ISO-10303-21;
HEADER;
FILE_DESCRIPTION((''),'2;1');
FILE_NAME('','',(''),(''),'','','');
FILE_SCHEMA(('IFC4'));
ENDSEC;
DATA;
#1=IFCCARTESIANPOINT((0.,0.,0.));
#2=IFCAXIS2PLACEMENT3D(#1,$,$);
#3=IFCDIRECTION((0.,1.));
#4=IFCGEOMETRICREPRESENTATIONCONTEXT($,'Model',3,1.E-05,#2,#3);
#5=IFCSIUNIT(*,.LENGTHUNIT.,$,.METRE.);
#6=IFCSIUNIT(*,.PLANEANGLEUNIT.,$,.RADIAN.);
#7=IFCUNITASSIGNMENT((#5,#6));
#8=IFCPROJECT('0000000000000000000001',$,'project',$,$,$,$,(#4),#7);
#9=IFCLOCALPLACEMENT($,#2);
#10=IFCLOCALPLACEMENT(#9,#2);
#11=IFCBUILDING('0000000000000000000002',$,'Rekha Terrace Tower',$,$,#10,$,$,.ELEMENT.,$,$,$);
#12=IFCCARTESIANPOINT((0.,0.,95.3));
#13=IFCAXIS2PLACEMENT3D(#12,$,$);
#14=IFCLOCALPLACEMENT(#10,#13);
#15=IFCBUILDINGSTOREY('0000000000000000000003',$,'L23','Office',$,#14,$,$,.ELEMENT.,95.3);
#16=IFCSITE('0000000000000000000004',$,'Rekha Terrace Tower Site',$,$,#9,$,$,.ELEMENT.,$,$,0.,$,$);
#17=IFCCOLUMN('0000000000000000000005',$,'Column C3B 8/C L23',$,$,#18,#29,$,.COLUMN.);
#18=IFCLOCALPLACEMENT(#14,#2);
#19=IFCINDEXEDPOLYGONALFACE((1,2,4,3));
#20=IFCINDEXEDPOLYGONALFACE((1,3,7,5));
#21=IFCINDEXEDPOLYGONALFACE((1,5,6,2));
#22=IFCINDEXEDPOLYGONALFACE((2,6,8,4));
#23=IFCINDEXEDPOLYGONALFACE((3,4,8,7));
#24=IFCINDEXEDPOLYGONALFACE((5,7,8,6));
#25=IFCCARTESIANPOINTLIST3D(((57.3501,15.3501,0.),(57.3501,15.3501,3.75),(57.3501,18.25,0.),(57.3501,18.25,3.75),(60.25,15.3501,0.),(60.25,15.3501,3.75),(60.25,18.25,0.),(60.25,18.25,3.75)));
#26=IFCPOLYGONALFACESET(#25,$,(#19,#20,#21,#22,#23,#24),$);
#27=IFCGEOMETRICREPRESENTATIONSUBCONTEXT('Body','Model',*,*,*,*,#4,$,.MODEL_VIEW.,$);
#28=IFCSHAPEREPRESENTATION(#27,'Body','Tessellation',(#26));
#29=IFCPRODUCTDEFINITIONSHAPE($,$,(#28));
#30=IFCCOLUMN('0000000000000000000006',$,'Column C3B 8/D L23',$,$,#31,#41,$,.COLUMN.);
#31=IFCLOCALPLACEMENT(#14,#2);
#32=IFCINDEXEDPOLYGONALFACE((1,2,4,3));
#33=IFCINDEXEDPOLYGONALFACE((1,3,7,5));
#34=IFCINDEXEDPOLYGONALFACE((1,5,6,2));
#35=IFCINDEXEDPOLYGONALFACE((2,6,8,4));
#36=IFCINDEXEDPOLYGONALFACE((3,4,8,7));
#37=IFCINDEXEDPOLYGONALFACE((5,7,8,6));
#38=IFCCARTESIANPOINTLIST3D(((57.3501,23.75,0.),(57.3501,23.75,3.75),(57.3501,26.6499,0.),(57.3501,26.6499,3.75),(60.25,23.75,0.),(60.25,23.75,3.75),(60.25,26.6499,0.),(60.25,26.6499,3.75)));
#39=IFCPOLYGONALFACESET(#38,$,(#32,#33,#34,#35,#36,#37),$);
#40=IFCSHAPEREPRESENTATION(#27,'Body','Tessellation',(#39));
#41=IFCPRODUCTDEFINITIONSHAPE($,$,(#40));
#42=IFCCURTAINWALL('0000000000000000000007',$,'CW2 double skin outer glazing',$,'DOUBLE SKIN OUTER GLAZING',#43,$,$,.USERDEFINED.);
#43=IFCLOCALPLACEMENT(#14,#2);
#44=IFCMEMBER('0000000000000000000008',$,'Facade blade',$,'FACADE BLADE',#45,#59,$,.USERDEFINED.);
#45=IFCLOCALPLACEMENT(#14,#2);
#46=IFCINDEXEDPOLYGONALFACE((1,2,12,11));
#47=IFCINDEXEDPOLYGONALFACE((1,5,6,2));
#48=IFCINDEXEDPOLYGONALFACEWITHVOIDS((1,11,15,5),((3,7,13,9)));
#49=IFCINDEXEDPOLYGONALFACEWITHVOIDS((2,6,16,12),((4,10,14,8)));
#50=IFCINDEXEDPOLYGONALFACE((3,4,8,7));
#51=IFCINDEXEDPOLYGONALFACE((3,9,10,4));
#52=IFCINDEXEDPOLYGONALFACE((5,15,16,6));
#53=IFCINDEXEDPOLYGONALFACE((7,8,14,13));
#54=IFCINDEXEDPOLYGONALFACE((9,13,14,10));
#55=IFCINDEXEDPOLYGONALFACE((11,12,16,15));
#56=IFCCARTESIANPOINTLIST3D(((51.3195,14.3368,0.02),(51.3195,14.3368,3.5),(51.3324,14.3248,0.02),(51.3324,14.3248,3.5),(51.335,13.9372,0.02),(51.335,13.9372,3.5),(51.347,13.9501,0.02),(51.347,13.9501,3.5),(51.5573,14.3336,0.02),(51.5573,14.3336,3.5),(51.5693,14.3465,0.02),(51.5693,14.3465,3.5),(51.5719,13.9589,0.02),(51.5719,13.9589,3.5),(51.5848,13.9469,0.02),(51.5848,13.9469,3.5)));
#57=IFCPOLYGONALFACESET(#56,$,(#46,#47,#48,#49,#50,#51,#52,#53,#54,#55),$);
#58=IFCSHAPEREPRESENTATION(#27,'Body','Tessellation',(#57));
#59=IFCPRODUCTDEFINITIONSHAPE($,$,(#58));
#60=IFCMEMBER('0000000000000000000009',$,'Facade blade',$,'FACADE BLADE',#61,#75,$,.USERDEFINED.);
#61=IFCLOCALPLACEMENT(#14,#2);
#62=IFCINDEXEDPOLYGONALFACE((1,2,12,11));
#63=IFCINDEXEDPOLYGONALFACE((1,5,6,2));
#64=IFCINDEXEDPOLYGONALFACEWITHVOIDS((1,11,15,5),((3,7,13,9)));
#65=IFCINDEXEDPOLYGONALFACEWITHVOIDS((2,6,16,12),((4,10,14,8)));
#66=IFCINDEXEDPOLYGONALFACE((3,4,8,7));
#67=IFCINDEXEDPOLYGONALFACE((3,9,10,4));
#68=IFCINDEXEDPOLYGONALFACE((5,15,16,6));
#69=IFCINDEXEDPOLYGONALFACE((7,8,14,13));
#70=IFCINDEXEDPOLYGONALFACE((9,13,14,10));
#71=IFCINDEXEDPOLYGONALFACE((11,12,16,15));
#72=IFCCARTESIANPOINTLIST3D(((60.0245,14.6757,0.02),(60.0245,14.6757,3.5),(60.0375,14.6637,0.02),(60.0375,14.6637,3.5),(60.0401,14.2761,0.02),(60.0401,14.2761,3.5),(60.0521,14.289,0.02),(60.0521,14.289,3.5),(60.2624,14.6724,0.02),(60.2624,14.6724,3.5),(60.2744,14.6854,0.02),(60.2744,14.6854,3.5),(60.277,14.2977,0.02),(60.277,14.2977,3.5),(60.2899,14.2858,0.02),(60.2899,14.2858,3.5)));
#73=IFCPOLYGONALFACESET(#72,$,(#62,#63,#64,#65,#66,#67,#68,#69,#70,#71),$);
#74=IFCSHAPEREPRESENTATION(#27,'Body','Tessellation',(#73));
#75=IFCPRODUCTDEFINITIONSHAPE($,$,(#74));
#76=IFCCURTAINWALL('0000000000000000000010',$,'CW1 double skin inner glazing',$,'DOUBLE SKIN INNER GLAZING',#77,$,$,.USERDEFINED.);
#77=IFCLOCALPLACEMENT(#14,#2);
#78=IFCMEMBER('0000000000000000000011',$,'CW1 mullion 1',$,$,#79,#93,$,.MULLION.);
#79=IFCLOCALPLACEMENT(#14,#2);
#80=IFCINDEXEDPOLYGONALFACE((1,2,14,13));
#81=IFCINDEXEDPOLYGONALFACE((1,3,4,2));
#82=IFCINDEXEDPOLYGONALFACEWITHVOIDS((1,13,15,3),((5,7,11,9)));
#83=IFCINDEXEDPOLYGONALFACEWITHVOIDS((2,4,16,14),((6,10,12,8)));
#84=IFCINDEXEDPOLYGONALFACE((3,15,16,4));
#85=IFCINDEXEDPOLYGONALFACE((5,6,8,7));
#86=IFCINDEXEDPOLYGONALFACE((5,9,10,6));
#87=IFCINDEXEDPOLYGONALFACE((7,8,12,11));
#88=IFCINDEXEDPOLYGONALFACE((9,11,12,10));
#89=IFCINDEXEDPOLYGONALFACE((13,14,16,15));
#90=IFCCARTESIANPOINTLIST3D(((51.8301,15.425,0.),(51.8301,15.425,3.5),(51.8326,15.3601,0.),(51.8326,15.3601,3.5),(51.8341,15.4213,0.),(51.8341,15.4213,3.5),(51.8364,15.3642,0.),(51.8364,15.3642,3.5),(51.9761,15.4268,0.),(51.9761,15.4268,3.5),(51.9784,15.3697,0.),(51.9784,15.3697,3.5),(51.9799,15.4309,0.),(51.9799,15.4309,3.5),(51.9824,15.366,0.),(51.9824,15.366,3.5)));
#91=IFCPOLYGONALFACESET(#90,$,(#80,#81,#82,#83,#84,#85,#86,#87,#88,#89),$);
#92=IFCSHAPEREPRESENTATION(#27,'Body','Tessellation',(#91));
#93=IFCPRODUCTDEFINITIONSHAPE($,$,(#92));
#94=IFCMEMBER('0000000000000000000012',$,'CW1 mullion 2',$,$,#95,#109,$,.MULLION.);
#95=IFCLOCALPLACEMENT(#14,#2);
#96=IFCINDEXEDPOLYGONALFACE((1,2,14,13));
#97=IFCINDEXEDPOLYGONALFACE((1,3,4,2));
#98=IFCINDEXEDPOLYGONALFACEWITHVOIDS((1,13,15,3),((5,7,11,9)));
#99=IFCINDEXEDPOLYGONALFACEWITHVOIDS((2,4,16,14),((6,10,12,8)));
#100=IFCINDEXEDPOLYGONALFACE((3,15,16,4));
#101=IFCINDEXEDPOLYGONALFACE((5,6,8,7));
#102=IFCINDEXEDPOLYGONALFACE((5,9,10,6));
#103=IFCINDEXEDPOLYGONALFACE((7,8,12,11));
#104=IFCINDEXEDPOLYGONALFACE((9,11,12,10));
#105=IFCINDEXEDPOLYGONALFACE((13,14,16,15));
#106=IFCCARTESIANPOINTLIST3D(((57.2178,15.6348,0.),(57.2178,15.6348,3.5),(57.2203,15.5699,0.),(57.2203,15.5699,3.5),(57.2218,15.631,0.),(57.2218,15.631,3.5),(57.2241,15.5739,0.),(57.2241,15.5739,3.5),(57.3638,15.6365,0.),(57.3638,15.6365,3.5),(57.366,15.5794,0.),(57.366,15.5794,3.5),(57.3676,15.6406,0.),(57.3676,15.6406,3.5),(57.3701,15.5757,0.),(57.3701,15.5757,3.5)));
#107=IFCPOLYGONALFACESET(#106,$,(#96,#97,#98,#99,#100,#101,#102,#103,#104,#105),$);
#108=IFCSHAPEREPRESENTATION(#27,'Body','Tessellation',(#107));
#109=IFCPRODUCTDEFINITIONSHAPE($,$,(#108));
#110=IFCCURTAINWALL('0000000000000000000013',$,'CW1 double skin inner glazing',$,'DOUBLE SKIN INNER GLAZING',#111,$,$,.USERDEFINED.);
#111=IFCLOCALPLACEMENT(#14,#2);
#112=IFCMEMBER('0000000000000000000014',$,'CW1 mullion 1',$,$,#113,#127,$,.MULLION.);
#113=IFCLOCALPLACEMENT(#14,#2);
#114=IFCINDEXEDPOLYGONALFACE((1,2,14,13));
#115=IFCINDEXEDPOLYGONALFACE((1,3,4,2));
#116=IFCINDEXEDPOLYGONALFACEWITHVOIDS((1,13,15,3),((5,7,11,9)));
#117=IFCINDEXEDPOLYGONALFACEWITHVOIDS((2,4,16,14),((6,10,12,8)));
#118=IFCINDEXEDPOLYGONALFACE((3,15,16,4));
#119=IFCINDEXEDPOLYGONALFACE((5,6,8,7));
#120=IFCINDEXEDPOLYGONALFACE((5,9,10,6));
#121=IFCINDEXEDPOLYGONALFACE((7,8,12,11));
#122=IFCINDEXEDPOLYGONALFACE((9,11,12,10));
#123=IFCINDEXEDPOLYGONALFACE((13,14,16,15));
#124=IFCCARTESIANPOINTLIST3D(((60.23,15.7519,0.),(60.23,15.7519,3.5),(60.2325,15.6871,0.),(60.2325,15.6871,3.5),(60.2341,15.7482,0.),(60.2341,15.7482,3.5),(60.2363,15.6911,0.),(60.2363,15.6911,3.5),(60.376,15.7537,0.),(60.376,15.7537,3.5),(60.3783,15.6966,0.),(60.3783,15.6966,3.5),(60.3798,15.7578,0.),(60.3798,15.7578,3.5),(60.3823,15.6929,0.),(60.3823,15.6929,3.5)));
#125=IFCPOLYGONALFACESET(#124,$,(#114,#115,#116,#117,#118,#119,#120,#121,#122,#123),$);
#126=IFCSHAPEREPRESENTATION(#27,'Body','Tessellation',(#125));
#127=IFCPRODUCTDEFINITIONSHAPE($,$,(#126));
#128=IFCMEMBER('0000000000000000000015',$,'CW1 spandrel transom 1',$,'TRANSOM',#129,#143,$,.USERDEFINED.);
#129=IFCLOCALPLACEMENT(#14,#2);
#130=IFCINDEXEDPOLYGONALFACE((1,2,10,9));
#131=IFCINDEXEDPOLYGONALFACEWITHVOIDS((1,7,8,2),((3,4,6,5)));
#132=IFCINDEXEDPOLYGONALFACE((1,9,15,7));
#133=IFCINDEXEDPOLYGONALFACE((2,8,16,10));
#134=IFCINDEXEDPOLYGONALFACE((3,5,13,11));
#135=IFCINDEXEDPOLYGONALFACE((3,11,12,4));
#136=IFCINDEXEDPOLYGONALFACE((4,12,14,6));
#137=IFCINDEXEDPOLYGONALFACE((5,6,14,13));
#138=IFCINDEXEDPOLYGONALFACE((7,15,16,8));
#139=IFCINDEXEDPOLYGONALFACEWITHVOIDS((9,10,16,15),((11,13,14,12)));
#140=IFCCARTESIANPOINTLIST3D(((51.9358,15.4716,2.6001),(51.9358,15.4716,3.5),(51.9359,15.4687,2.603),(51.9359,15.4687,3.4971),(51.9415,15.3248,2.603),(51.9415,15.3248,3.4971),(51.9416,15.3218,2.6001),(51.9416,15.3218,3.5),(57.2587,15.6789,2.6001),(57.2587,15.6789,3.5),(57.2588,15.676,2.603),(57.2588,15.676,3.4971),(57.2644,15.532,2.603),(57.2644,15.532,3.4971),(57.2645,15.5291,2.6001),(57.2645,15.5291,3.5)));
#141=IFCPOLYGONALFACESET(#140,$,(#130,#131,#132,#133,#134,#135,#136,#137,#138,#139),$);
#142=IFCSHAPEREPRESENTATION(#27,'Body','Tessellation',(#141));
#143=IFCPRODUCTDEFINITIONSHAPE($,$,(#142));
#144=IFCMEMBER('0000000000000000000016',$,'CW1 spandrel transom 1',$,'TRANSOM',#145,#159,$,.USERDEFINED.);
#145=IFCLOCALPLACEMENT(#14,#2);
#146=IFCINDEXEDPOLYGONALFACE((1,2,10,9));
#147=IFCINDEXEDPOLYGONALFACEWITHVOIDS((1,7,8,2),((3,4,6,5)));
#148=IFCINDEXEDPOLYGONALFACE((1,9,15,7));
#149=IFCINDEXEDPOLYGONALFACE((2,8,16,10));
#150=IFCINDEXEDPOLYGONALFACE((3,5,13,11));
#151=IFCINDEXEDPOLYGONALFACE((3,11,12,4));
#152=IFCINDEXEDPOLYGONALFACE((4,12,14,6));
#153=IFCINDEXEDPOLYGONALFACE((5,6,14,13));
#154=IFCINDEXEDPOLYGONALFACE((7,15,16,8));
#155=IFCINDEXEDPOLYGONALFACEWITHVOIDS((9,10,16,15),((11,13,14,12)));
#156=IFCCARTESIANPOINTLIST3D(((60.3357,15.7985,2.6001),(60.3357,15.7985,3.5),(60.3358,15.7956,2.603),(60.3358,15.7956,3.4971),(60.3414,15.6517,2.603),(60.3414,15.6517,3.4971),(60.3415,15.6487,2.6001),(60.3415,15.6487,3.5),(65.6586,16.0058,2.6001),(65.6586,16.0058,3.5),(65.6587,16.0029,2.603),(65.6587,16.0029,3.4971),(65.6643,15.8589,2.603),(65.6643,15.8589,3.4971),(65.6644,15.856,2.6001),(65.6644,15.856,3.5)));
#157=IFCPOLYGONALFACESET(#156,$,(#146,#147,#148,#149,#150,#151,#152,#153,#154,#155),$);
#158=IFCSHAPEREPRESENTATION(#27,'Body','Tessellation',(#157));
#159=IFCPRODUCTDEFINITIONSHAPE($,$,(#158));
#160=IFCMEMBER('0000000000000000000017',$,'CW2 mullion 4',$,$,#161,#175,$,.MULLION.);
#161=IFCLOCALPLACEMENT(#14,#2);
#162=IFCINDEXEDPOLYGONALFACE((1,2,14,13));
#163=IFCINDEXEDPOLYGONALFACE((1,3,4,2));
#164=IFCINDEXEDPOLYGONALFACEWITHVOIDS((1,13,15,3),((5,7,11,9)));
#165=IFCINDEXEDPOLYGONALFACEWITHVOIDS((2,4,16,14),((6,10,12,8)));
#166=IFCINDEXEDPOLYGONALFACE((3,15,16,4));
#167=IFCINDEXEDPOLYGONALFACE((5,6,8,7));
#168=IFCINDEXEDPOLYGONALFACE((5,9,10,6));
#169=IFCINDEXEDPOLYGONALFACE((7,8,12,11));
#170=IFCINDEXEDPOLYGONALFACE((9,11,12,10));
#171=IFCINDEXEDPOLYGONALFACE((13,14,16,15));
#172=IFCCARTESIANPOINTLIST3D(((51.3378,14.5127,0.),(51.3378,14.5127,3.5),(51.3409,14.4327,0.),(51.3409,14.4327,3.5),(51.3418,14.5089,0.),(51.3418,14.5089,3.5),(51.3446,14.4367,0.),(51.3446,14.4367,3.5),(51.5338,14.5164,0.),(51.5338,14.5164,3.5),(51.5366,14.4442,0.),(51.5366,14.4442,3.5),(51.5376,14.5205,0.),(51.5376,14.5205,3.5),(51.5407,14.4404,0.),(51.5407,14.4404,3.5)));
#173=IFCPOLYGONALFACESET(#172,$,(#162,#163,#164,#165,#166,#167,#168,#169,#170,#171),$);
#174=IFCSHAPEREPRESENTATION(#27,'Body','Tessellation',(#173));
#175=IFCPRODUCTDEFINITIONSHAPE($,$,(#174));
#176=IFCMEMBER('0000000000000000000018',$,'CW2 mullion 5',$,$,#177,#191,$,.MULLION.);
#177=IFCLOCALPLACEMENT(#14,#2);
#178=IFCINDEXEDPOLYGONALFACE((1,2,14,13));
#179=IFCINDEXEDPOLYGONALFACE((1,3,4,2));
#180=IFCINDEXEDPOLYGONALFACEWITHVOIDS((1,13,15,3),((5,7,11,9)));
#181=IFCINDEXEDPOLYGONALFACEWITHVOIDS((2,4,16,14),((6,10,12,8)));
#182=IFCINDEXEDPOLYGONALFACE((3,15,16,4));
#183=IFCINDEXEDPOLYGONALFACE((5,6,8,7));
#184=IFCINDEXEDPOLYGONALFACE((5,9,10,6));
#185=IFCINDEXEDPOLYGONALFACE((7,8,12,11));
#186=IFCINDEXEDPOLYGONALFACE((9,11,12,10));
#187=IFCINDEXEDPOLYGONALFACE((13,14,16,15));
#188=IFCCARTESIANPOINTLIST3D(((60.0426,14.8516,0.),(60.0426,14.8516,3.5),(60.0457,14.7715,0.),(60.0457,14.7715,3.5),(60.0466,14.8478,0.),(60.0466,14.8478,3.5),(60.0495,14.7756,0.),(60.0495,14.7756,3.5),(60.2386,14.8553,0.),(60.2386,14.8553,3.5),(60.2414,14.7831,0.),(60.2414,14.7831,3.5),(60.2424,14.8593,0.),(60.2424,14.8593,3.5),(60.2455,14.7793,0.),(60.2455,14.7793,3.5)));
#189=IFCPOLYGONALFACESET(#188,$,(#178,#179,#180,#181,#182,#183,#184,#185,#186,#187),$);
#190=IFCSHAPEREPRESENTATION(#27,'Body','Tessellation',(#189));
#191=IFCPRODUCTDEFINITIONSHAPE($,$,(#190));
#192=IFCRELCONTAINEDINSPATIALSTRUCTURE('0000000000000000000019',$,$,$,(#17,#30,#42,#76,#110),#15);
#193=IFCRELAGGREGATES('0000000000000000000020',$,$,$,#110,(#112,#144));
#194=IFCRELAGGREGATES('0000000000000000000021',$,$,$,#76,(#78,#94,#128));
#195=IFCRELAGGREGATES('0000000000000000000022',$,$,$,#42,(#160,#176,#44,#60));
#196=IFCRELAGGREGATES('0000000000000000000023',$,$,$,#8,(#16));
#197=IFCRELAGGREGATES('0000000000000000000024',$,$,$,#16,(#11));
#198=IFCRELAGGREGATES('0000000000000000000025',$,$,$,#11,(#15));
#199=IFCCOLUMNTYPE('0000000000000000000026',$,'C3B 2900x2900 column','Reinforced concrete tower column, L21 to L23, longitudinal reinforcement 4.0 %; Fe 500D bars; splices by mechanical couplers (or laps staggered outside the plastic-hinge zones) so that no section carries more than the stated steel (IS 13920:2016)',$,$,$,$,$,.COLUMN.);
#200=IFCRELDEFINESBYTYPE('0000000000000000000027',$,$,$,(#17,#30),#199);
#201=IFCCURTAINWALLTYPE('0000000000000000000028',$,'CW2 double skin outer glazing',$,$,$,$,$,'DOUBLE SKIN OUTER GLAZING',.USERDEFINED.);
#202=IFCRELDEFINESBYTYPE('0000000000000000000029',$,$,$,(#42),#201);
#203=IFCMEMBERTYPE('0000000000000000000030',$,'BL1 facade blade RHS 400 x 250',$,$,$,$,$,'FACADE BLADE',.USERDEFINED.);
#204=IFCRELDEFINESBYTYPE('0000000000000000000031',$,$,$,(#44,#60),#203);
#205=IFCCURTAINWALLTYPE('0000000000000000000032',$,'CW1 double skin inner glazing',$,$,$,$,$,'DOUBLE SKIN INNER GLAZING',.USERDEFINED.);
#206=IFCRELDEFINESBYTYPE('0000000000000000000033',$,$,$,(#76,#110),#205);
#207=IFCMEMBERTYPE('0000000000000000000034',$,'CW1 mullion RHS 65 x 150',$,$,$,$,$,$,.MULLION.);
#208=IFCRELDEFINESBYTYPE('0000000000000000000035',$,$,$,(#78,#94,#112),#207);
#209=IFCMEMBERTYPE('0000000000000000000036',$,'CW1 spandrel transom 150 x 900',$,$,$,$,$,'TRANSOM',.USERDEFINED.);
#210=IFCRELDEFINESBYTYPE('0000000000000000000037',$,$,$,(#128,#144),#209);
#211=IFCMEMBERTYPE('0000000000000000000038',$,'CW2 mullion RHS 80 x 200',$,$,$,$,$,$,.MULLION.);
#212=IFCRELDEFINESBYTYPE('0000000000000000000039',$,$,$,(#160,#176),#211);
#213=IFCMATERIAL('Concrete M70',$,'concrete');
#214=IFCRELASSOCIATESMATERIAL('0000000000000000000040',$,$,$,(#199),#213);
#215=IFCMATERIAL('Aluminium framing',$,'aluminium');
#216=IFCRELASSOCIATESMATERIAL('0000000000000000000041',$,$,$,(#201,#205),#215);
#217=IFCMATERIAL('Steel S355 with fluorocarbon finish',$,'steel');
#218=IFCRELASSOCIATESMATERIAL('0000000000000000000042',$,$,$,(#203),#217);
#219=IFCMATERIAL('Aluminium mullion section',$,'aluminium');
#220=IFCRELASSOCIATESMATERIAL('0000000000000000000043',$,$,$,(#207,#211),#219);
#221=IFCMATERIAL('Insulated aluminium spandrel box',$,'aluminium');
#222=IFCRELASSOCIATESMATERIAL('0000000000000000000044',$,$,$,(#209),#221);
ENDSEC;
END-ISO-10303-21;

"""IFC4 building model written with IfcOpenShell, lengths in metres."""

from ifc_helpers import new_model, si_unit, direction, frame, origin, origin_2d, place, context, subcontext, project, spatial, rectangle, hollow_rectangle, extrude, material, material_profile, profile_set, type_object, element, aggregate, save


model = new_model("IFC4")

# Units and contexts
model_context = context("Model", 3, precision=1e-05, world=origin(), true_north=direction((0.0, 1.0)))
body_context = subcontext(model_context, "Body", "Model", "MODEL_VIEW")
ifc_project = project(units=[si_unit("LENGTHUNIT", "METRE"), si_unit("PLANEANGLEUNIT", "RADIAN")], contexts=[model_context])

# Site, building, storey
site_placement = place(None, origin())
site = spatial("IfcSite", under=ifc_project, at=site_placement, Name="Rekha Terrace Tower Site", CompositionType="ELEMENT", RefElevation=0.0)
building_placement = place(site_placement, origin())
building = spatial("IfcBuilding", under=site, at=building_placement, Name="Rekha Terrace Tower", CompositionType="ELEMENT")
storey_placement = place(building_placement, frame((0.0, 0.0, 95.3)))
storey = spatial("IfcBuildingStorey", under=building, at=storey_placement, Name="L23", Description="Office", CompositionType="ELEMENT", Elevation=95.3)

# Columns
ifc_material_1 = material(Name="Concrete M70", Category="concrete")
ifc_material_profile_1 = material_profile(ifc_material_1, rectangle(XDim=2.8999, YDim=2.8999, at=origin_2d()), Name="RC 2900x2900")
ifc_profile_set_1 = profile_set([ifc_material_profile_1], Name="Concrete M70")
column_type = type_object("IfcColumnType", Name="C3B 2900x2900 column", Description="Reinforced concrete tower column, L21 to L23, longitudinal reinforcement 4.0 %; Fe 500D bars; splices by mechanical couplers (or laps staggered outside the plastic-hinge zones) so that no section carries more than the stated steel (IS 13920:2016)", PredefinedType="COLUMN", material=ifc_profile_set_1)
for number, where, z_axis, x_axis, name in (
    (1, (58.8, 16.8, 0.0), (0.0, 0.0, 1.0), (1.0, 0.0, 0.0), "Column C3B 8/C L23"),
    (2, (58.8, 25.2, 0.0), (0.0, 0.0, 1.0), (1.0, 0.0, 0.0), "Column C3B 8/D L23"),
):
    element("IfcColumn", number, at=place(storey_placement, frame(where, z_axis=z_axis, x_axis=x_axis)), inside=storey, type_object=column_type, Name=name, PredefinedType="COLUMN", context=body_context, shape_type="SweptSolid", body=[
        extrude(rectangle(XDim=2.8999, YDim=2.8999, at=origin_2d()), origin(), (0.0, 0.0, 1.0), 3.75),
    ])

# Curtain walls, members
ifc_material_2 = material(Name="Aluminium framing", Category="aluminium")
curtain_wall_type_1 = type_object("IfcCurtainWallType", Name="CW2 double skin outer glazing", ElementType="DOUBLE SKIN OUTER GLAZING", PredefinedType="USERDEFINED", material=ifc_material_2)
curtain_wall_1_placement = place(storey_placement, origin())
curtain_wall_1 = element("IfcCurtainWall", 3, at=curtain_wall_1_placement, inside=storey, type_object=curtain_wall_type_1, Name="CW2 double skin outer glazing", ObjectType="DOUBLE SKIN OUTER GLAZING", PredefinedType="USERDEFINED")
ifc_material_3 = material(Name="Steel S355 with fluorocarbon finish", Category="steel")
ifc_material_profile_2 = material_profile(ifc_material_3, hollow_rectangle(XDim=0.25, YDim=0.3999, WallThickness=0.0125, at=origin_2d()), Name="RHS400x250x12.5")
ifc_profile_set_2 = profile_set([ifc_material_profile_2], Name="Steel S355 with fluorocarbon finish")
member_type_1 = type_object("IfcMemberType", Name="BL1 facade blade RHS 400 x 250", ElementType="FACADE BLADE", PredefinedType="USERDEFINED", material=ifc_profile_set_2)
member_1_placement = place(storey_placement, frame((51.4521, 14.1418, 0.02), z_axis=(0.0, 0.0, 1.0), x_axis=(0.999243, 0.03889, 0.0)))
member_1 = element("IfcMember", 4, at=member_1_placement, type_object=member_type_1, Name="Facade blade", ObjectType="FACADE BLADE", PredefinedType="USERDEFINED", context=body_context, shape_type="SweptSolid", body=[
    extrude(hollow_rectangle(XDim=0.25, YDim=0.3999, WallThickness=0.0125, at=origin_2d()), origin(), (0.0, 0.0, 1.0), 3.48),
])
member_2_placement = place(storey_placement, frame((60.1572, 14.4807, 0.02), z_axis=(0.0, 0.0, 1.0), x_axis=(0.999243, 0.03889, 0.0)))
member_2 = element("IfcMember", 5, at=member_2_placement, type_object=member_type_1, Name="Facade blade", ObjectType="FACADE BLADE", PredefinedType="USERDEFINED", context=body_context, shape_type="SweptSolid", body=[
    extrude(hollow_rectangle(XDim=0.25, YDim=0.3999, WallThickness=0.0125, at=origin_2d()), origin(), (0.0, 0.0, 1.0), 3.48),
])
curtain_wall_type_2 = type_object("IfcCurtainWallType", Name="CW1 double skin inner glazing", ElementType="DOUBLE SKIN INNER GLAZING", PredefinedType="USERDEFINED", material=ifc_material_2)
curtain_wall_2_placement = place(storey_placement, origin())
curtain_wall_2 = element("IfcCurtainWall", 6, at=curtain_wall_2_placement, inside=storey, type_object=curtain_wall_type_2, Name="CW1 double skin inner glazing", ObjectType="DOUBLE SKIN INNER GLAZING", PredefinedType="USERDEFINED")
ifc_material_4 = material(Name="Aluminium mullion section", Category="aluminium")
ifc_material_profile_3 = material_profile(ifc_material_4, hollow_rectangle(XDim=0.0649, YDim=0.1499, WallThickness=0.0039, at=origin_2d()), Name="AL RHS 65x150")
ifc_profile_set_3 = profile_set([ifc_material_profile_3], Name="Aluminium mullion section")
member_type_2 = type_object("IfcMemberType", Name="CW1 mullion RHS 65 x 150", PredefinedType="MULLION", material=ifc_profile_set_3)
member_3_placement = place(storey_placement, frame((51.9062, 15.3955, 0.0), z_axis=(0.0, 0.0, 1.0), x_axis=(-0.03889, 0.999243, 0.0)))
member_3 = element("IfcMember", 7, at=member_3_placement, type_object=member_type_2, Name="CW1 mullion 1", PredefinedType="MULLION", context=body_context, shape_type="SweptSolid", body=[
    extrude(hollow_rectangle(XDim=0.0649, YDim=0.1499, WallThickness=0.0039, at=origin_2d()), origin(), (0.0, 0.0, 1.0), 3.5),
])
member_4_placement = place(storey_placement, frame((57.2939, 15.6052, 0.0), z_axis=(0.0, 0.0, 1.0), x_axis=(-0.03889, 0.999243, 0.0)))
member_4 = element("IfcMember", 8, at=member_4_placement, type_object=member_type_2, Name="CW1 mullion 2", PredefinedType="MULLION", context=body_context, shape_type="SweptSolid", body=[
    extrude(hollow_rectangle(XDim=0.0649, YDim=0.1499, WallThickness=0.0039, at=origin_2d()), origin(), (0.0, 0.0, 1.0), 3.5),
])

# Curtain wall, member
curtain_wall_3_placement = place(storey_placement, origin())
curtain_wall_3 = element("IfcCurtainWall", 9, at=curtain_wall_3_placement, inside=storey, type_object=curtain_wall_type_2, Name="CW1 double skin inner glazing", ObjectType="DOUBLE SKIN INNER GLAZING", PredefinedType="USERDEFINED")
member_5_placement = place(storey_placement, frame((60.3062, 15.7224, 0.0), z_axis=(0.0, 0.0, 1.0), x_axis=(-0.03889, 0.999243, 0.0)))
member_5 = element("IfcMember", 10, at=member_5_placement, type_object=member_type_2, Name="CW1 mullion 1", PredefinedType="MULLION", context=body_context, shape_type="SweptSolid", body=[
    extrude(hollow_rectangle(XDim=0.0649, YDim=0.1499, WallThickness=0.0039, at=origin_2d()), origin(), (0.0, 0.0, 1.0), 3.5),
])

# Members
ifc_material_5 = material(Name="Insulated aluminium spandrel box", Category="aluminium")
ifc_material_profile_4 = material_profile(ifc_material_5, hollow_rectangle(XDim=0.1499, YDim=0.8999, WallThickness=0.0029, at=origin_2d()), Name="AL SPANDREL BOX 150x900")
ifc_profile_set_4 = profile_set([ifc_material_profile_4], Name="Insulated aluminium spandrel box")
member_type_3 = type_object("IfcMemberType", Name="CW1 spandrel transom 150 x 900", ElementType="TRANSOM", PredefinedType="USERDEFINED", material=ifc_profile_set_4)
member_6_placement = place(storey_placement, frame((51.9387, 15.3967, 3.05), z_axis=(0.999243, 0.038912, 0.0), x_axis=(-0.038912, 0.999243, 0.0)))
member_6 = element("IfcMember", 11, at=member_6_placement, type_object=member_type_3, Name="CW1 spandrel transom 1", ObjectType="TRANSOM", PredefinedType="USERDEFINED", context=body_context, shape_type="SweptSolid", body=[
    extrude(hollow_rectangle(XDim=0.1499, YDim=0.8999, WallThickness=0.0029, at=origin_2d()), origin(), (0.0, 0.0, 1.0), 5.3269),
])
member_7_placement = place(storey_placement, frame((60.3386, 15.7236, 3.05), z_axis=(0.999243, 0.038912, 0.0), x_axis=(-0.038912, 0.999243, 0.0)))
member_7 = element("IfcMember", 12, at=member_7_placement, type_object=member_type_3, Name="CW1 spandrel transom 1", ObjectType="TRANSOM", PredefinedType="USERDEFINED", context=body_context, shape_type="SweptSolid", body=[
    extrude(hollow_rectangle(XDim=0.1499, YDim=0.8999, WallThickness=0.0029, at=origin_2d()), origin(), (0.0, 0.0, 1.0), 5.3269),
])
aggregate(curtain_wall_3, [member_5, member_7])
ifc_material_profile_5 = material_profile(ifc_material_4, hollow_rectangle(XDim=0.0801, YDim=0.2, WallThickness=0.0039, at=origin_2d()), Name="AL RHS 80x200")
ifc_profile_set_5 = profile_set([ifc_material_profile_5], Name="Aluminium mullion section")
member_type_4 = type_object("IfcMemberType", Name="CW2 mullion RHS 80 x 200", PredefinedType="MULLION", material=ifc_profile_set_5)
member_8_placement = place(storey_placement, frame((51.4392, 14.4766, 0.0), z_axis=(0.0, 0.0, 1.0), x_axis=(-0.03889, 0.999243, 0.0)))
member_8 = element("IfcMember", 13, at=member_8_placement, type_object=member_type_4, Name="CW2 mullion 4", PredefinedType="MULLION", context=body_context, shape_type="SweptSolid", body=[
    extrude(hollow_rectangle(XDim=0.0801, YDim=0.2, WallThickness=0.0039, at=origin_2d()), origin(), (0.0, 0.0, 1.0), 3.5),
])
member_9_placement = place(storey_placement, frame((60.144, 14.8154, 0.0), z_axis=(0.0, 0.0, 1.0), x_axis=(-0.03889, 0.999243, 0.0)))
member_9 = element("IfcMember", 14, at=member_9_placement, type_object=member_type_4, Name="CW2 mullion 5", PredefinedType="MULLION", context=body_context, shape_type="SweptSolid", body=[
    extrude(hollow_rectangle(XDim=0.0801, YDim=0.2, WallThickness=0.0039, at=origin_2d()), origin(), (0.0, 0.0, 1.0), 3.5),
])

aggregate(curtain_wall_2, [member_3, member_4, member_6])
aggregate(curtain_wall_1, [member_8, member_9, member_1, member_2])

save(model, "model.ifc")
